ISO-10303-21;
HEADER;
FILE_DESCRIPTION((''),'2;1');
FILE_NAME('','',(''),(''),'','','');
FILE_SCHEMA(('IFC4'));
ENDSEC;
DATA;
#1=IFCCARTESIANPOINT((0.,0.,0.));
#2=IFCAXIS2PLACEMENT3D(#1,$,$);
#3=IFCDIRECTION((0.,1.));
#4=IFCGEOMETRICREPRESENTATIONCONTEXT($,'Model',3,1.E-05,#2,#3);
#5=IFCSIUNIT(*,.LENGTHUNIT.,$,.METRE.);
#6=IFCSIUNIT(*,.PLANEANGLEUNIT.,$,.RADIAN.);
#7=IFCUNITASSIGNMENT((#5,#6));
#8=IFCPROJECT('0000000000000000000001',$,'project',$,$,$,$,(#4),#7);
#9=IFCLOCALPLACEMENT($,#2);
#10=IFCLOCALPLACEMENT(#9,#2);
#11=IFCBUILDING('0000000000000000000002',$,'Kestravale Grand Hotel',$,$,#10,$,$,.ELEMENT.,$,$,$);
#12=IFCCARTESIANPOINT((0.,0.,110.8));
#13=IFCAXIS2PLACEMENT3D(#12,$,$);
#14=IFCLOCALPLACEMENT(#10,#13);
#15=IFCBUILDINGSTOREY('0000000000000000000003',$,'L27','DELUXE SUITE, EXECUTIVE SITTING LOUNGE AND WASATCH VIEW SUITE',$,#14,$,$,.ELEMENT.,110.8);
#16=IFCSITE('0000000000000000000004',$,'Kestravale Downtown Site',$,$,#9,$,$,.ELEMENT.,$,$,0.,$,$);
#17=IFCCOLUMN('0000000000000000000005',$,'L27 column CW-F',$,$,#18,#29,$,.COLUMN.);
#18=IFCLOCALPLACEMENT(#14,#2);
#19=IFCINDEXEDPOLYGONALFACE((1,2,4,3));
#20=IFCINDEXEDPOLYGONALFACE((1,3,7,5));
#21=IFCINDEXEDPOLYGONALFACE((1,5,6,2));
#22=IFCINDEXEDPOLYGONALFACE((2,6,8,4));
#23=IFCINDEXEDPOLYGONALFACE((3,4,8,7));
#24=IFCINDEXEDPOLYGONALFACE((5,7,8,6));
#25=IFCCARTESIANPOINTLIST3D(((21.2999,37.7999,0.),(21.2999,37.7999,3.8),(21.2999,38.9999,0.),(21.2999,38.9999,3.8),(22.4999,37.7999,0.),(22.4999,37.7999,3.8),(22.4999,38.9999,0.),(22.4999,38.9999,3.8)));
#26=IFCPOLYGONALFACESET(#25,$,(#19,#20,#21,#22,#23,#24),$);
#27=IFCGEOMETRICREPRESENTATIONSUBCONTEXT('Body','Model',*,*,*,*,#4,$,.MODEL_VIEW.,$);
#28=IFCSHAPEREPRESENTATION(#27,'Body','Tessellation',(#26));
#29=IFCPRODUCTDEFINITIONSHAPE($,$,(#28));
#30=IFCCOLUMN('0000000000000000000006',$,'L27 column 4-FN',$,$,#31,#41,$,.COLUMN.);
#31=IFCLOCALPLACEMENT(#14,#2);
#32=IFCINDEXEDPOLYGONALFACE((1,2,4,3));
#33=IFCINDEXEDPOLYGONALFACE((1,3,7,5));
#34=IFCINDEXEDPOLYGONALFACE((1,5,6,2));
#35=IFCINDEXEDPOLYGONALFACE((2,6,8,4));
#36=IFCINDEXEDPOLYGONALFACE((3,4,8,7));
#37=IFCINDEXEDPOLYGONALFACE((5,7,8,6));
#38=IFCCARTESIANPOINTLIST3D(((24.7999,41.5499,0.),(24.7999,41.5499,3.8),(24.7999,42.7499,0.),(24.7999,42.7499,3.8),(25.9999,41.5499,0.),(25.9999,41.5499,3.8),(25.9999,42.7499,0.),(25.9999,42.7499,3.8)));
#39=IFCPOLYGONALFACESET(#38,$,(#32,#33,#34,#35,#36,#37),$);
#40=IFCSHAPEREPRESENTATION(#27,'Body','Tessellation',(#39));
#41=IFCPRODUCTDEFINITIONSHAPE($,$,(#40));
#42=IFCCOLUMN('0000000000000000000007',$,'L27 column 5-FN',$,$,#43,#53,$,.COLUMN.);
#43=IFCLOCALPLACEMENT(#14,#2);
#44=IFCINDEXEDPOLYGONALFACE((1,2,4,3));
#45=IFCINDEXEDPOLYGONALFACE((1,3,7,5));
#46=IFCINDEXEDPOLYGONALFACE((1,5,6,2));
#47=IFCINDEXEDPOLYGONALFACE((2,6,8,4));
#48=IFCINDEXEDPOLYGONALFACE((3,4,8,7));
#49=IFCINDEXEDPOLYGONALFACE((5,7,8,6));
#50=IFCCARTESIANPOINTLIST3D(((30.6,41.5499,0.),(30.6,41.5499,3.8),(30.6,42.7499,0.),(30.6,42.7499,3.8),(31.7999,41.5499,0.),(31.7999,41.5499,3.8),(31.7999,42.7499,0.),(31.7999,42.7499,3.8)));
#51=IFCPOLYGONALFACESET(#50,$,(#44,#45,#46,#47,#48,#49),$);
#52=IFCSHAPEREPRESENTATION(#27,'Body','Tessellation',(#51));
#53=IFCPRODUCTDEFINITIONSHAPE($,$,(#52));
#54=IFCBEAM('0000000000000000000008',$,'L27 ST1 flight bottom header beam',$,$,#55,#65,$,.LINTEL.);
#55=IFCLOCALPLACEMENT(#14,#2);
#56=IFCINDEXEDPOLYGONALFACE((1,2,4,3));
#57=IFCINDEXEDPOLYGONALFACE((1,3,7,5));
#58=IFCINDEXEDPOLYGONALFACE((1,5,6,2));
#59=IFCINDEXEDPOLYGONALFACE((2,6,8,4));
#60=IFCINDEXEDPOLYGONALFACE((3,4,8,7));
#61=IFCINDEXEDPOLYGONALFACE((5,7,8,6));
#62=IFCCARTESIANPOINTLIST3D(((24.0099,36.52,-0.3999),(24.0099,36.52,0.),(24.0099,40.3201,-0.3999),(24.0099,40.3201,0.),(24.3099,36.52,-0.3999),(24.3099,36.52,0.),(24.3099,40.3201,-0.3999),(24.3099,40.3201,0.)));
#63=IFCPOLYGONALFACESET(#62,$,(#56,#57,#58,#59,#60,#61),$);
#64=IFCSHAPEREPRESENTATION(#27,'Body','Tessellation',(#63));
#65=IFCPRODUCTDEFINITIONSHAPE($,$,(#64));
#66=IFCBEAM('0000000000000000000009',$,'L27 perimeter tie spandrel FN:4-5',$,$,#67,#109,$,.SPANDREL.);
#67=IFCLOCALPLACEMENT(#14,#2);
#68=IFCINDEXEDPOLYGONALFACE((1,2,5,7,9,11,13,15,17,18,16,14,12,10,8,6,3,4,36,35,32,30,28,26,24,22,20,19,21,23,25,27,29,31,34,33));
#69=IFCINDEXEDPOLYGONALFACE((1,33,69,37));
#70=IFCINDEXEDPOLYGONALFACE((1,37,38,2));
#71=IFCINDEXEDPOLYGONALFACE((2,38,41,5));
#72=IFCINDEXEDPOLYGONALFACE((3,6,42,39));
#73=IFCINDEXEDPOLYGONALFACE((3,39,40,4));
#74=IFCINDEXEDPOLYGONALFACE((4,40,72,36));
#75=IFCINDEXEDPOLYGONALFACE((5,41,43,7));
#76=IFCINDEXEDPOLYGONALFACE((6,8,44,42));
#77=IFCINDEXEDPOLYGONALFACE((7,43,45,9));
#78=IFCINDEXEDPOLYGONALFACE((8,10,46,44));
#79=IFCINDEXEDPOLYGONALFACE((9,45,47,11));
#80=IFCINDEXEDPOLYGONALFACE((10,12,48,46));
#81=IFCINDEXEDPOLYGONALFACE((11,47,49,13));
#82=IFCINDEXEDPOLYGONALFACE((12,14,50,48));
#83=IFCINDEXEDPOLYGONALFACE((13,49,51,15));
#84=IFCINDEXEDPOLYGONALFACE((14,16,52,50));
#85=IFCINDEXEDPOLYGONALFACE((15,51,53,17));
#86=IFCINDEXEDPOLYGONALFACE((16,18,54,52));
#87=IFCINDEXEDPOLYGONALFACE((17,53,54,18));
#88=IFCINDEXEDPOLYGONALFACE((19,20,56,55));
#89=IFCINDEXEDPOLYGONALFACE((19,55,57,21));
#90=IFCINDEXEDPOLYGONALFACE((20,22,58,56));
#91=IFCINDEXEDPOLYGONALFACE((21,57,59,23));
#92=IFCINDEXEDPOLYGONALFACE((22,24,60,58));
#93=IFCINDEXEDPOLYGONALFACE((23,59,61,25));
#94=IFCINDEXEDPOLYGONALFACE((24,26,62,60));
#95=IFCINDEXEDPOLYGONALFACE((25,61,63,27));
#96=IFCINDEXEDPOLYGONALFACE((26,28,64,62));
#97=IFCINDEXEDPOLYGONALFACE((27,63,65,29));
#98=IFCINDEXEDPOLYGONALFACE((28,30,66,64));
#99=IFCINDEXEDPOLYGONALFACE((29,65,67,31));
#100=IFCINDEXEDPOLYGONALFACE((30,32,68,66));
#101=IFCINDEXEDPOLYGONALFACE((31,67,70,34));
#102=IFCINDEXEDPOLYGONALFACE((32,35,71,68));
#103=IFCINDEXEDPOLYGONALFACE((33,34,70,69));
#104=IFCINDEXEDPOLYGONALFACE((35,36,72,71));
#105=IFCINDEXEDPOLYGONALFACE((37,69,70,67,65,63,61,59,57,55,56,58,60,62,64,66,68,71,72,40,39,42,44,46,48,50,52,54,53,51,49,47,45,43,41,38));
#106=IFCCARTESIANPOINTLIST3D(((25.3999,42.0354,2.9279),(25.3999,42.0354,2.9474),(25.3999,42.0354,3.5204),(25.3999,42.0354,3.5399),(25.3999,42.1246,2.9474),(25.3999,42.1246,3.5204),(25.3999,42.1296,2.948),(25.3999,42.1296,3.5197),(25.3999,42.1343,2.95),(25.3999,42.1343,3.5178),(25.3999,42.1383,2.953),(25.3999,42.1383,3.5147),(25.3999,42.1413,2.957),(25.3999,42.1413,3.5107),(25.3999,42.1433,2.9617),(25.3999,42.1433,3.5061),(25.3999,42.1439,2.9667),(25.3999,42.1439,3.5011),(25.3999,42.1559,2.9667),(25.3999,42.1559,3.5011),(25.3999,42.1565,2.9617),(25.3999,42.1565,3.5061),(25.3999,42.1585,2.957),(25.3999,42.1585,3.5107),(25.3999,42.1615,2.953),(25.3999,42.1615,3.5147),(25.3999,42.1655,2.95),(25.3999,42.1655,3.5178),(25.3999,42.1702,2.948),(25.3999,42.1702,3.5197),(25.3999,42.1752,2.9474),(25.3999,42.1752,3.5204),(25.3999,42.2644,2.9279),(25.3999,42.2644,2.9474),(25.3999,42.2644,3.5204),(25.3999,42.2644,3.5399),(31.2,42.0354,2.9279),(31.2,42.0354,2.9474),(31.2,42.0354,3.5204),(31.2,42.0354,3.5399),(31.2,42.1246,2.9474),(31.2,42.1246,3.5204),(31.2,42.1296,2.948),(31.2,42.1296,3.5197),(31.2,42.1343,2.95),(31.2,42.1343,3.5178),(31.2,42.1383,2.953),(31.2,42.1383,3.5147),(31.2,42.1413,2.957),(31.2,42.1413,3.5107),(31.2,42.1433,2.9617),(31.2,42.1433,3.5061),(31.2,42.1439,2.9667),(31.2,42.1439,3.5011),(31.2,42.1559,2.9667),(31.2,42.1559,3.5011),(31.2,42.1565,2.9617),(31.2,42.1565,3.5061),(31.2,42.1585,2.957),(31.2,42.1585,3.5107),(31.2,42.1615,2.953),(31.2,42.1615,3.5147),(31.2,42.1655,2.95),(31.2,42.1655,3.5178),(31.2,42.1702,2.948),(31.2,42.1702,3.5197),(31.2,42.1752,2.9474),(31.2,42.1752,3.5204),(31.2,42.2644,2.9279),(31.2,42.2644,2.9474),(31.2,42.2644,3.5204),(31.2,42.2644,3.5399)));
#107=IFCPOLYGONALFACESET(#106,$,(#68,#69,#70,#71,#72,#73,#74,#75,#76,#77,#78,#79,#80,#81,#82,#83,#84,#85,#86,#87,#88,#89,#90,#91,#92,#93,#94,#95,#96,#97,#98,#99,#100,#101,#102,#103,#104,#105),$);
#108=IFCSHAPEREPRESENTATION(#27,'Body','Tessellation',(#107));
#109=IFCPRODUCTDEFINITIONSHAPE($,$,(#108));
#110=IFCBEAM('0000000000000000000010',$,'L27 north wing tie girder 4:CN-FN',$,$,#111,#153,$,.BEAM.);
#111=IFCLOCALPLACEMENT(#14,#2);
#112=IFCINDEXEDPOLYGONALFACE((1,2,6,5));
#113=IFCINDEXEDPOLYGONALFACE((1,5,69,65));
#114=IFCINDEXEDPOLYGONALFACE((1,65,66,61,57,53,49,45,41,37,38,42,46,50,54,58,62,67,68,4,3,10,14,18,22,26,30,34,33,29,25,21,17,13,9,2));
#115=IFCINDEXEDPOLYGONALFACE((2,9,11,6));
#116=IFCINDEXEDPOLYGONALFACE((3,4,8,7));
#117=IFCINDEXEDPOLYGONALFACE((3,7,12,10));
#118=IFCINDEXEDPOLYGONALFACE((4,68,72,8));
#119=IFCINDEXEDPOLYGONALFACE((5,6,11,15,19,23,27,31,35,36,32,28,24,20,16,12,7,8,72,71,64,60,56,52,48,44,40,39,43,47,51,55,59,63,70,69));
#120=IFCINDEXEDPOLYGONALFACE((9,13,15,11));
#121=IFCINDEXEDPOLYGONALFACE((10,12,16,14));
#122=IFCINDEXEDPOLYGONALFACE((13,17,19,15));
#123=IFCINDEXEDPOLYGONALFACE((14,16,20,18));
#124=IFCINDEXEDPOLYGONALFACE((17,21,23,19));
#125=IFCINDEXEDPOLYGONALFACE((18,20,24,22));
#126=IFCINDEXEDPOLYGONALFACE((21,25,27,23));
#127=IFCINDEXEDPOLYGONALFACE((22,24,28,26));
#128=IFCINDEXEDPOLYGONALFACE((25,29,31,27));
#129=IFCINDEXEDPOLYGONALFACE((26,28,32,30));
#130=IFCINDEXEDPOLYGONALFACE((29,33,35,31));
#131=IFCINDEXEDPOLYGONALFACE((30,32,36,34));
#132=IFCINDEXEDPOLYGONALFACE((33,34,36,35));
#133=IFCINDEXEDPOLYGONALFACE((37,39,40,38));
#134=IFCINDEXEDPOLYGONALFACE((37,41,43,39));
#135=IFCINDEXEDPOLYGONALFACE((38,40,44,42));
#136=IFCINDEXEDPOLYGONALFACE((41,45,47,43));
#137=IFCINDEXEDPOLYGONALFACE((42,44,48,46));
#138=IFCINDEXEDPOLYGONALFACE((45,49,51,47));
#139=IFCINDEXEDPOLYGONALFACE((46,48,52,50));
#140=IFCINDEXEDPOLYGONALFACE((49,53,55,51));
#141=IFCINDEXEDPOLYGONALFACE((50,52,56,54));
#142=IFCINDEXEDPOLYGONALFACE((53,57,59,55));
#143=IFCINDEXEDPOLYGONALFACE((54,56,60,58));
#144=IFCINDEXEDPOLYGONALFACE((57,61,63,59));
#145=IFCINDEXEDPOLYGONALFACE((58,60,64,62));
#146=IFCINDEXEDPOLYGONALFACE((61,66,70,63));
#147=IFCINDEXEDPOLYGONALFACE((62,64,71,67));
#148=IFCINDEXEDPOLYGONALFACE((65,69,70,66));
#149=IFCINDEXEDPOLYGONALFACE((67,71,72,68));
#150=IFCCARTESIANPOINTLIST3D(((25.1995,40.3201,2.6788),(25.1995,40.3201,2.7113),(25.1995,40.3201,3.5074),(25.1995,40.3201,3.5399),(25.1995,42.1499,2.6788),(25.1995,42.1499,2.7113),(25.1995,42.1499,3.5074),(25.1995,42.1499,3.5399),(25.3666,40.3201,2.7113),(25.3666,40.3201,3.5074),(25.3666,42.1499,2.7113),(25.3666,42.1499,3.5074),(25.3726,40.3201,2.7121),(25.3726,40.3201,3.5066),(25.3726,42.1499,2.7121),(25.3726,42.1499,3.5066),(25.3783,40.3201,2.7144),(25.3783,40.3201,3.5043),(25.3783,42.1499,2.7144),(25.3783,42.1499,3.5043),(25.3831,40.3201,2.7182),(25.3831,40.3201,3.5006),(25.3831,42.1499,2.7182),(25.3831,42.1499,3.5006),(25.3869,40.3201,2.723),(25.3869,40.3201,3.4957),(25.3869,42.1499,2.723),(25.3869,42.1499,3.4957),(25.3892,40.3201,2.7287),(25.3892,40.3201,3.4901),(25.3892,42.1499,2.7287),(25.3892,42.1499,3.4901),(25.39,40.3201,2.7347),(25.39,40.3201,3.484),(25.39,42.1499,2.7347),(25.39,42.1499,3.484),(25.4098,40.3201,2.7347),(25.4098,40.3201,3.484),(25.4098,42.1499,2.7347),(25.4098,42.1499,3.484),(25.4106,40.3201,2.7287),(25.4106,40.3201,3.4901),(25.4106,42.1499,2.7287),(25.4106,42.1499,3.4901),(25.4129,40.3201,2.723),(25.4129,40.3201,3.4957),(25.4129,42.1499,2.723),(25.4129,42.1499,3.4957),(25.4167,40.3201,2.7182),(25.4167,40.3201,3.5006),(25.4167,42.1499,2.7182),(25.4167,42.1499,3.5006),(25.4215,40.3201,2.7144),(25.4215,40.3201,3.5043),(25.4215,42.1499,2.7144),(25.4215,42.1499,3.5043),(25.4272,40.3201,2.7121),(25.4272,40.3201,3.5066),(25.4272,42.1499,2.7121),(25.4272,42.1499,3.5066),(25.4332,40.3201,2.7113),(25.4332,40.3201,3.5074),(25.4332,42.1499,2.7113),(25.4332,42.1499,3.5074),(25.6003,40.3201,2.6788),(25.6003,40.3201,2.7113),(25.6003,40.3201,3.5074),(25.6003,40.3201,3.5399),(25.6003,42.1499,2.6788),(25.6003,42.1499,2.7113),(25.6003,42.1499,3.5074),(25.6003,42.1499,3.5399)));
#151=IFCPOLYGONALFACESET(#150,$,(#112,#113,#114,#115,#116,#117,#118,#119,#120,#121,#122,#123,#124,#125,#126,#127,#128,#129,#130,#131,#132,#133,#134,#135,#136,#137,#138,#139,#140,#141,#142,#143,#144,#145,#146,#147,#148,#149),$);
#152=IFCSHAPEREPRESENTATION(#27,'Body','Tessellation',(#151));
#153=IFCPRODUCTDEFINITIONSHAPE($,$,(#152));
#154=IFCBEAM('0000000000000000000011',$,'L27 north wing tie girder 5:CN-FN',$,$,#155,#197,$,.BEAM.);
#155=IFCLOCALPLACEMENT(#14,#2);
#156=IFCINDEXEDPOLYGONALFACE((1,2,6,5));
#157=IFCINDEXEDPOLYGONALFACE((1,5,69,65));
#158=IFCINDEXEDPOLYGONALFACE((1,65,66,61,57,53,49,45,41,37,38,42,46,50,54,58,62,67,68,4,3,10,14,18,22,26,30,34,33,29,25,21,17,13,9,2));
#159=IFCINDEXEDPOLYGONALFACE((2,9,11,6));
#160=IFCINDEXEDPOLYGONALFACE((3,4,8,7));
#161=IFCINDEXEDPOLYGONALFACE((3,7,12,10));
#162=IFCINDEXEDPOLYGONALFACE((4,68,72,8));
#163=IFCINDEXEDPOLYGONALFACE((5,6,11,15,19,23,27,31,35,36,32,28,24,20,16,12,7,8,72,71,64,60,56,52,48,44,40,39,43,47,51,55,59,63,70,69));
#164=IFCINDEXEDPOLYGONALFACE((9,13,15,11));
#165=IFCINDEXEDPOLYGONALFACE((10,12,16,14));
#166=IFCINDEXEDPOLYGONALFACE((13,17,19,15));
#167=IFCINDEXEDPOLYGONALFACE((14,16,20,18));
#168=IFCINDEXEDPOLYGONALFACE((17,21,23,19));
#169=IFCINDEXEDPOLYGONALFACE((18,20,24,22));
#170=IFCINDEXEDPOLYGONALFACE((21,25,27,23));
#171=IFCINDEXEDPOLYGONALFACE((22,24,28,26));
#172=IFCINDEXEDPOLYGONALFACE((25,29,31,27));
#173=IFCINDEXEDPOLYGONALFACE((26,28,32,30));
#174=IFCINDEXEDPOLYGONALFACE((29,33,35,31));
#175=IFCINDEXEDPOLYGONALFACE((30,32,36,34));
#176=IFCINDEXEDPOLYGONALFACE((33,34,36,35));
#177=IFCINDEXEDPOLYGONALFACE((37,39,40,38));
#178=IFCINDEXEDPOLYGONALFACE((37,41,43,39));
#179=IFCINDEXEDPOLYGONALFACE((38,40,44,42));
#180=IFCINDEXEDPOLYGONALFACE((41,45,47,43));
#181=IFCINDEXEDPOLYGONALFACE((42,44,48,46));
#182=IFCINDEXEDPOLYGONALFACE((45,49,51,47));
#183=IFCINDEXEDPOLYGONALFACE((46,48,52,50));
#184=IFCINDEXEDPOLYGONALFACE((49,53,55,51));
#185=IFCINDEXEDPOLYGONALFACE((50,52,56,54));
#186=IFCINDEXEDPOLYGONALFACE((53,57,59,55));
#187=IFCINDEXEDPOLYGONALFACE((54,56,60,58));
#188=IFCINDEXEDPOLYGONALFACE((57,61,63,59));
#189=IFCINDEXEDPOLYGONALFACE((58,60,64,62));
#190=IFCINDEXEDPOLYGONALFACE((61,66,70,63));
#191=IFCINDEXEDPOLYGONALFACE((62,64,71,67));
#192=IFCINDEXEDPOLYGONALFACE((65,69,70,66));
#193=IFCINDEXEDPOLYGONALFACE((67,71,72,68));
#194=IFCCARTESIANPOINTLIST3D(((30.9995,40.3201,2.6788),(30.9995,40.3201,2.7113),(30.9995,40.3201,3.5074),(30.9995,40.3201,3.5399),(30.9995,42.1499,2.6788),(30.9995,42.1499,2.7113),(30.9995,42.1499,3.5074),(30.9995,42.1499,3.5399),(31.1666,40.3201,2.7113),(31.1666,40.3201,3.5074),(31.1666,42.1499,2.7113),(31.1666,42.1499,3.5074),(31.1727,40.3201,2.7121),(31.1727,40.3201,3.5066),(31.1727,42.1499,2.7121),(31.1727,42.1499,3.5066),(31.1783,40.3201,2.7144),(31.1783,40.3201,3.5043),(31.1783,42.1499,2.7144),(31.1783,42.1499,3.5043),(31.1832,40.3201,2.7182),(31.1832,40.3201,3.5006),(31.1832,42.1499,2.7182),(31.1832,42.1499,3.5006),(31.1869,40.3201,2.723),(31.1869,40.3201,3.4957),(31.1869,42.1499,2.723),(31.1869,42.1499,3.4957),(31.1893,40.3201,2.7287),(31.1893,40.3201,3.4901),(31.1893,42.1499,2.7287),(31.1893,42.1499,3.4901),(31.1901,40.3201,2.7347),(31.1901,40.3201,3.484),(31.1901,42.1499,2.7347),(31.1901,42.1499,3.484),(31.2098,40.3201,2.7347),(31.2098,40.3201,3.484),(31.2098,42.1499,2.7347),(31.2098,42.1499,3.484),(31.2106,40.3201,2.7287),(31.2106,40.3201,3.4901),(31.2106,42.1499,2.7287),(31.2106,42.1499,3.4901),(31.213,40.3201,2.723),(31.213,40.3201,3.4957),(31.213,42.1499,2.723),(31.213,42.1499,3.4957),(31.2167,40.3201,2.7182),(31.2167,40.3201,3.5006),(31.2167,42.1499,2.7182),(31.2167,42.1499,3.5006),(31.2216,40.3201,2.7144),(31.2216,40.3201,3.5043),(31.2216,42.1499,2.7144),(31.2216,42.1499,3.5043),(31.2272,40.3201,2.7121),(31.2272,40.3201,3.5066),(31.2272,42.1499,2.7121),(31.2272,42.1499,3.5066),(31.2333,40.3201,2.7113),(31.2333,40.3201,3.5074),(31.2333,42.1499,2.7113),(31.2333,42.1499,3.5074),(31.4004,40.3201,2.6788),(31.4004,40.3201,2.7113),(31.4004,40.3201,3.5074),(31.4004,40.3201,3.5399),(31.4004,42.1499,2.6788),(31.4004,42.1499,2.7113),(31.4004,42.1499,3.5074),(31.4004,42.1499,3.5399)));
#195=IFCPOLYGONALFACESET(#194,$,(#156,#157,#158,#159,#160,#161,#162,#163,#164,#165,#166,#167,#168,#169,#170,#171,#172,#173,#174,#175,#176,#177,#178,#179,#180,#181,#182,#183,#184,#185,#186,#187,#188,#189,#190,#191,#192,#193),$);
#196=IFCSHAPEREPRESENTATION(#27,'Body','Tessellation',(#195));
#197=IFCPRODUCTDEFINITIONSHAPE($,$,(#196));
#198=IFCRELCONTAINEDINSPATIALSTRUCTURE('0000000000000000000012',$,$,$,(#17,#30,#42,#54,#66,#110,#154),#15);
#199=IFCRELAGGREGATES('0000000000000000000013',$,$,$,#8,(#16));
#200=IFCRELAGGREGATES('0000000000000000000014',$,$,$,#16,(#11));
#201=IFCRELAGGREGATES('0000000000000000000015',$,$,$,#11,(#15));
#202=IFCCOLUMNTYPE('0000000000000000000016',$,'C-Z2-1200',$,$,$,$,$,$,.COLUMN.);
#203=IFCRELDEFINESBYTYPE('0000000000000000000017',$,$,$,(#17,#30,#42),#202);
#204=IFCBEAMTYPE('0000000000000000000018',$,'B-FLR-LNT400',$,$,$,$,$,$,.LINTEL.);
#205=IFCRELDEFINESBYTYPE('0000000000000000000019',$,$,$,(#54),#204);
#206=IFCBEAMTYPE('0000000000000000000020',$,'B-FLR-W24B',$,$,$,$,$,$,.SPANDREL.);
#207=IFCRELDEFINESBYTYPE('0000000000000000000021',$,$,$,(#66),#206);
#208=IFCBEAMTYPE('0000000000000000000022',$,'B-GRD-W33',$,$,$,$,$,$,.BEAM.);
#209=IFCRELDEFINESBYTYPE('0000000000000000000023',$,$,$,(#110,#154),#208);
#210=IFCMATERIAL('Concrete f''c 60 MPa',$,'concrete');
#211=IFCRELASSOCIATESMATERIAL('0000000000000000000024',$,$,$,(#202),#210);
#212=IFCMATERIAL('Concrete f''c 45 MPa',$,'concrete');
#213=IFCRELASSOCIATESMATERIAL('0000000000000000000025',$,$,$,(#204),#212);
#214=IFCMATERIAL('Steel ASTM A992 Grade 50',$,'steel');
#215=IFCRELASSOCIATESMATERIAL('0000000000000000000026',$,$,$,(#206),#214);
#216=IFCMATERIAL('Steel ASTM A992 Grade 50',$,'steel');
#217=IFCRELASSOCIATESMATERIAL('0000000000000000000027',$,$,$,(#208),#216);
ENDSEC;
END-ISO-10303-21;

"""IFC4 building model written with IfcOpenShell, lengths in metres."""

from ifc_helpers import new_model, si_unit, direction, frame, origin, origin_2d, place, context, subcontext, project, spatial, rectangle, i_section, extrude, material, material_profile, profile_set, type_object, element, save


model = new_model("IFC4")

# Units and contexts
model_context = context("Model", 3, precision=1e-05, world=origin(), true_north=direction((0.0, 1.0)))
body_context = subcontext(model_context, "Body", "Model", "MODEL_VIEW")
ifc_project = project(units=[si_unit("LENGTHUNIT", "METRE"), si_unit("PLANEANGLEUNIT", "RADIAN")], contexts=[model_context])

# Site, building, storey
site_placement = place(None, origin())
site = spatial("IfcSite", under=ifc_project, at=site_placement, Name="Kestravale Downtown Site", CompositionType="ELEMENT", RefElevation=0.0)
building_placement = place(site_placement, origin())
building = spatial("IfcBuilding", under=site, at=building_placement, Name="Kestravale Grand Hotel", CompositionType="ELEMENT")
storey_placement = place(building_placement, frame((0.0, 0.0, 110.8)))
storey = spatial("IfcBuildingStorey", under=building, at=storey_placement, Name="L27", Description="DELUXE SUITE, EXECUTIVE SITTING LOUNGE AND WASATCH VIEW SUITE", CompositionType="ELEMENT", Elevation=110.8)

# Columns
ifc_material_1 = material(Name="Concrete f'c 60 MPa", Category="concrete")
ifc_material_profile_1 = material_profile(ifc_material_1, rectangle(XDim=1.2, YDim=1.2, at=origin_2d()))
ifc_profile_set_1 = profile_set([ifc_material_profile_1], Name="Concrete f'c 60 MPa")
column_type = type_object("IfcColumnType", Name="C-Z2-1200", PredefinedType="COLUMN", material=ifc_profile_set_1)
for number, where, z_axis, x_axis, name in (
    (1, (21.8999, 38.3999, 0.0), (0.0, 0.0, 1.0), (1.0, 0.0, 0.0), "L27 column CW-F"),
    (2, (25.3999, 42.1499, 0.0), (0.0, 0.0, 1.0), (1.0, 0.0, 0.0), "L27 column 4-FN"),
    (3, (31.2, 42.1499, 0.0), (0.0, 0.0, 1.0), (1.0, 0.0, 0.0), "L27 column 5-FN"),
):
    element("IfcColumn", number, at=place(storey_placement, frame(where, z_axis=z_axis, x_axis=x_axis)), inside=storey, type_object=column_type, Name=name, PredefinedType="COLUMN", context=body_context, shape_type="SweptSolid", body=[
        extrude(rectangle(XDim=1.2, YDim=1.2, at=origin_2d()), origin(), (0.0, 0.0, 1.0), 3.8),
    ])

# Beams
ifc_material_2 = material(Name="Concrete f'c 45 MPa", Category="concrete")
ifc_material_profile_2 = material_profile(ifc_material_2, rectangle(XDim=0.3, YDim=0.3999, at=origin_2d()))
ifc_profile_set_2 = profile_set([ifc_material_profile_2], Name="Concrete f'c 45 MPa")
beam_type_1 = type_object("IfcBeamType", Name="B-FLR-LNT400", PredefinedType="LINTEL", material=ifc_profile_set_2)
beam_1_placement = place(storey_placement, frame((24.1599, 36.52, -0.2), z_axis=(0.0, 1.0, 0.0), x_axis=(-1.0, 0.0, 0.0)))
element("IfcBeam", 4, at=beam_1_placement, inside=storey, type_object=beam_type_1, Name="L27 ST1 flight bottom header beam", PredefinedType="LINTEL", context=body_context, shape_type="SweptSolid", body=[
    extrude(rectangle(XDim=0.3, YDim=0.3999, at=origin_2d()), origin(), (0.0, 0.0, 1.0), 3.8),
])
ifc_material_3 = material(Name="Steel ASTM A992 Grade 50", Category="steel")
ifc_material_profile_3 = material_profile(ifc_material_3, i_section(OverallWidth=0.229, OverallDepth=0.6121, WebThickness=0.012, FlangeThickness=0.0195, FilletRadius=0.0193, at=origin_2d()))
ifc_profile_set_3 = profile_set([ifc_material_profile_3], Name="Steel ASTM A992 Grade 50")
beam_type_2 = type_object("IfcBeamType", Name="B-FLR-W24B", PredefinedType="SPANDREL", material=ifc_profile_set_3)
beam_2_placement = place(storey_placement, frame((25.3999, 42.1499, 3.2339), z_axis=(1.0, 0.0, 0.0), x_axis=(0.0, 1.0, 0.0)))
element("IfcBeam", 5, at=beam_2_placement, inside=storey, type_object=beam_type_2, Name="L27 perimeter tie spandrel FN:4-5", PredefinedType="SPANDREL", context=body_context, shape_type="SweptSolid", body=[
    extrude(i_section(OverallWidth=0.229, OverallDepth=0.6121, WebThickness=0.012, FlangeThickness=0.0195, FilletRadius=0.0193, at=origin_2d()), origin(), (0.0, 0.0, 1.0), 5.8),
])
ifc_material_4 = material(Name="Steel ASTM A992 Grade 50", Category="steel")
ifc_material_profile_4 = material_profile(ifc_material_4, i_section(OverallWidth=0.4009, OverallDepth=0.8611, WebThickness=0.0198, FlangeThickness=0.0325, FilletRadius=0.0234, at=origin_2d()))
ifc_profile_set_4 = profile_set([ifc_material_profile_4], Name="Steel ASTM A992 Grade 50")
beam_type_3 = type_object("IfcBeamType", Name="B-GRD-W33", PredefinedType="BEAM", material=ifc_profile_set_4)
for number, where, z_axis, x_axis, name in (
    (6, (25.3999, 40.3201, 3.1094), (0.0, 1.0, 0.0), (-1.0, 0.0, 0.0), "L27 north wing tie girder 4:CN-FN"),
    (7, (31.2, 40.3201, 3.1094), (0.0, 1.0, 0.0), (-1.0, 0.0, 0.0), "L27 north wing tie girder 5:CN-FN"),
):
    element("IfcBeam", number, at=place(storey_placement, frame(where, z_axis=z_axis, x_axis=x_axis)), inside=storey, type_object=beam_type_3, Name=name, PredefinedType="BEAM", context=body_context, shape_type="SweptSolid", body=[
        extrude(i_section(OverallWidth=0.4009, OverallDepth=0.8611, WebThickness=0.0198, FlangeThickness=0.0325, FilletRadius=0.0234, at=origin_2d()), origin(), (0.0, 0.0, 1.0), 1.8298),
    ])

save(model, "model.ifc")
